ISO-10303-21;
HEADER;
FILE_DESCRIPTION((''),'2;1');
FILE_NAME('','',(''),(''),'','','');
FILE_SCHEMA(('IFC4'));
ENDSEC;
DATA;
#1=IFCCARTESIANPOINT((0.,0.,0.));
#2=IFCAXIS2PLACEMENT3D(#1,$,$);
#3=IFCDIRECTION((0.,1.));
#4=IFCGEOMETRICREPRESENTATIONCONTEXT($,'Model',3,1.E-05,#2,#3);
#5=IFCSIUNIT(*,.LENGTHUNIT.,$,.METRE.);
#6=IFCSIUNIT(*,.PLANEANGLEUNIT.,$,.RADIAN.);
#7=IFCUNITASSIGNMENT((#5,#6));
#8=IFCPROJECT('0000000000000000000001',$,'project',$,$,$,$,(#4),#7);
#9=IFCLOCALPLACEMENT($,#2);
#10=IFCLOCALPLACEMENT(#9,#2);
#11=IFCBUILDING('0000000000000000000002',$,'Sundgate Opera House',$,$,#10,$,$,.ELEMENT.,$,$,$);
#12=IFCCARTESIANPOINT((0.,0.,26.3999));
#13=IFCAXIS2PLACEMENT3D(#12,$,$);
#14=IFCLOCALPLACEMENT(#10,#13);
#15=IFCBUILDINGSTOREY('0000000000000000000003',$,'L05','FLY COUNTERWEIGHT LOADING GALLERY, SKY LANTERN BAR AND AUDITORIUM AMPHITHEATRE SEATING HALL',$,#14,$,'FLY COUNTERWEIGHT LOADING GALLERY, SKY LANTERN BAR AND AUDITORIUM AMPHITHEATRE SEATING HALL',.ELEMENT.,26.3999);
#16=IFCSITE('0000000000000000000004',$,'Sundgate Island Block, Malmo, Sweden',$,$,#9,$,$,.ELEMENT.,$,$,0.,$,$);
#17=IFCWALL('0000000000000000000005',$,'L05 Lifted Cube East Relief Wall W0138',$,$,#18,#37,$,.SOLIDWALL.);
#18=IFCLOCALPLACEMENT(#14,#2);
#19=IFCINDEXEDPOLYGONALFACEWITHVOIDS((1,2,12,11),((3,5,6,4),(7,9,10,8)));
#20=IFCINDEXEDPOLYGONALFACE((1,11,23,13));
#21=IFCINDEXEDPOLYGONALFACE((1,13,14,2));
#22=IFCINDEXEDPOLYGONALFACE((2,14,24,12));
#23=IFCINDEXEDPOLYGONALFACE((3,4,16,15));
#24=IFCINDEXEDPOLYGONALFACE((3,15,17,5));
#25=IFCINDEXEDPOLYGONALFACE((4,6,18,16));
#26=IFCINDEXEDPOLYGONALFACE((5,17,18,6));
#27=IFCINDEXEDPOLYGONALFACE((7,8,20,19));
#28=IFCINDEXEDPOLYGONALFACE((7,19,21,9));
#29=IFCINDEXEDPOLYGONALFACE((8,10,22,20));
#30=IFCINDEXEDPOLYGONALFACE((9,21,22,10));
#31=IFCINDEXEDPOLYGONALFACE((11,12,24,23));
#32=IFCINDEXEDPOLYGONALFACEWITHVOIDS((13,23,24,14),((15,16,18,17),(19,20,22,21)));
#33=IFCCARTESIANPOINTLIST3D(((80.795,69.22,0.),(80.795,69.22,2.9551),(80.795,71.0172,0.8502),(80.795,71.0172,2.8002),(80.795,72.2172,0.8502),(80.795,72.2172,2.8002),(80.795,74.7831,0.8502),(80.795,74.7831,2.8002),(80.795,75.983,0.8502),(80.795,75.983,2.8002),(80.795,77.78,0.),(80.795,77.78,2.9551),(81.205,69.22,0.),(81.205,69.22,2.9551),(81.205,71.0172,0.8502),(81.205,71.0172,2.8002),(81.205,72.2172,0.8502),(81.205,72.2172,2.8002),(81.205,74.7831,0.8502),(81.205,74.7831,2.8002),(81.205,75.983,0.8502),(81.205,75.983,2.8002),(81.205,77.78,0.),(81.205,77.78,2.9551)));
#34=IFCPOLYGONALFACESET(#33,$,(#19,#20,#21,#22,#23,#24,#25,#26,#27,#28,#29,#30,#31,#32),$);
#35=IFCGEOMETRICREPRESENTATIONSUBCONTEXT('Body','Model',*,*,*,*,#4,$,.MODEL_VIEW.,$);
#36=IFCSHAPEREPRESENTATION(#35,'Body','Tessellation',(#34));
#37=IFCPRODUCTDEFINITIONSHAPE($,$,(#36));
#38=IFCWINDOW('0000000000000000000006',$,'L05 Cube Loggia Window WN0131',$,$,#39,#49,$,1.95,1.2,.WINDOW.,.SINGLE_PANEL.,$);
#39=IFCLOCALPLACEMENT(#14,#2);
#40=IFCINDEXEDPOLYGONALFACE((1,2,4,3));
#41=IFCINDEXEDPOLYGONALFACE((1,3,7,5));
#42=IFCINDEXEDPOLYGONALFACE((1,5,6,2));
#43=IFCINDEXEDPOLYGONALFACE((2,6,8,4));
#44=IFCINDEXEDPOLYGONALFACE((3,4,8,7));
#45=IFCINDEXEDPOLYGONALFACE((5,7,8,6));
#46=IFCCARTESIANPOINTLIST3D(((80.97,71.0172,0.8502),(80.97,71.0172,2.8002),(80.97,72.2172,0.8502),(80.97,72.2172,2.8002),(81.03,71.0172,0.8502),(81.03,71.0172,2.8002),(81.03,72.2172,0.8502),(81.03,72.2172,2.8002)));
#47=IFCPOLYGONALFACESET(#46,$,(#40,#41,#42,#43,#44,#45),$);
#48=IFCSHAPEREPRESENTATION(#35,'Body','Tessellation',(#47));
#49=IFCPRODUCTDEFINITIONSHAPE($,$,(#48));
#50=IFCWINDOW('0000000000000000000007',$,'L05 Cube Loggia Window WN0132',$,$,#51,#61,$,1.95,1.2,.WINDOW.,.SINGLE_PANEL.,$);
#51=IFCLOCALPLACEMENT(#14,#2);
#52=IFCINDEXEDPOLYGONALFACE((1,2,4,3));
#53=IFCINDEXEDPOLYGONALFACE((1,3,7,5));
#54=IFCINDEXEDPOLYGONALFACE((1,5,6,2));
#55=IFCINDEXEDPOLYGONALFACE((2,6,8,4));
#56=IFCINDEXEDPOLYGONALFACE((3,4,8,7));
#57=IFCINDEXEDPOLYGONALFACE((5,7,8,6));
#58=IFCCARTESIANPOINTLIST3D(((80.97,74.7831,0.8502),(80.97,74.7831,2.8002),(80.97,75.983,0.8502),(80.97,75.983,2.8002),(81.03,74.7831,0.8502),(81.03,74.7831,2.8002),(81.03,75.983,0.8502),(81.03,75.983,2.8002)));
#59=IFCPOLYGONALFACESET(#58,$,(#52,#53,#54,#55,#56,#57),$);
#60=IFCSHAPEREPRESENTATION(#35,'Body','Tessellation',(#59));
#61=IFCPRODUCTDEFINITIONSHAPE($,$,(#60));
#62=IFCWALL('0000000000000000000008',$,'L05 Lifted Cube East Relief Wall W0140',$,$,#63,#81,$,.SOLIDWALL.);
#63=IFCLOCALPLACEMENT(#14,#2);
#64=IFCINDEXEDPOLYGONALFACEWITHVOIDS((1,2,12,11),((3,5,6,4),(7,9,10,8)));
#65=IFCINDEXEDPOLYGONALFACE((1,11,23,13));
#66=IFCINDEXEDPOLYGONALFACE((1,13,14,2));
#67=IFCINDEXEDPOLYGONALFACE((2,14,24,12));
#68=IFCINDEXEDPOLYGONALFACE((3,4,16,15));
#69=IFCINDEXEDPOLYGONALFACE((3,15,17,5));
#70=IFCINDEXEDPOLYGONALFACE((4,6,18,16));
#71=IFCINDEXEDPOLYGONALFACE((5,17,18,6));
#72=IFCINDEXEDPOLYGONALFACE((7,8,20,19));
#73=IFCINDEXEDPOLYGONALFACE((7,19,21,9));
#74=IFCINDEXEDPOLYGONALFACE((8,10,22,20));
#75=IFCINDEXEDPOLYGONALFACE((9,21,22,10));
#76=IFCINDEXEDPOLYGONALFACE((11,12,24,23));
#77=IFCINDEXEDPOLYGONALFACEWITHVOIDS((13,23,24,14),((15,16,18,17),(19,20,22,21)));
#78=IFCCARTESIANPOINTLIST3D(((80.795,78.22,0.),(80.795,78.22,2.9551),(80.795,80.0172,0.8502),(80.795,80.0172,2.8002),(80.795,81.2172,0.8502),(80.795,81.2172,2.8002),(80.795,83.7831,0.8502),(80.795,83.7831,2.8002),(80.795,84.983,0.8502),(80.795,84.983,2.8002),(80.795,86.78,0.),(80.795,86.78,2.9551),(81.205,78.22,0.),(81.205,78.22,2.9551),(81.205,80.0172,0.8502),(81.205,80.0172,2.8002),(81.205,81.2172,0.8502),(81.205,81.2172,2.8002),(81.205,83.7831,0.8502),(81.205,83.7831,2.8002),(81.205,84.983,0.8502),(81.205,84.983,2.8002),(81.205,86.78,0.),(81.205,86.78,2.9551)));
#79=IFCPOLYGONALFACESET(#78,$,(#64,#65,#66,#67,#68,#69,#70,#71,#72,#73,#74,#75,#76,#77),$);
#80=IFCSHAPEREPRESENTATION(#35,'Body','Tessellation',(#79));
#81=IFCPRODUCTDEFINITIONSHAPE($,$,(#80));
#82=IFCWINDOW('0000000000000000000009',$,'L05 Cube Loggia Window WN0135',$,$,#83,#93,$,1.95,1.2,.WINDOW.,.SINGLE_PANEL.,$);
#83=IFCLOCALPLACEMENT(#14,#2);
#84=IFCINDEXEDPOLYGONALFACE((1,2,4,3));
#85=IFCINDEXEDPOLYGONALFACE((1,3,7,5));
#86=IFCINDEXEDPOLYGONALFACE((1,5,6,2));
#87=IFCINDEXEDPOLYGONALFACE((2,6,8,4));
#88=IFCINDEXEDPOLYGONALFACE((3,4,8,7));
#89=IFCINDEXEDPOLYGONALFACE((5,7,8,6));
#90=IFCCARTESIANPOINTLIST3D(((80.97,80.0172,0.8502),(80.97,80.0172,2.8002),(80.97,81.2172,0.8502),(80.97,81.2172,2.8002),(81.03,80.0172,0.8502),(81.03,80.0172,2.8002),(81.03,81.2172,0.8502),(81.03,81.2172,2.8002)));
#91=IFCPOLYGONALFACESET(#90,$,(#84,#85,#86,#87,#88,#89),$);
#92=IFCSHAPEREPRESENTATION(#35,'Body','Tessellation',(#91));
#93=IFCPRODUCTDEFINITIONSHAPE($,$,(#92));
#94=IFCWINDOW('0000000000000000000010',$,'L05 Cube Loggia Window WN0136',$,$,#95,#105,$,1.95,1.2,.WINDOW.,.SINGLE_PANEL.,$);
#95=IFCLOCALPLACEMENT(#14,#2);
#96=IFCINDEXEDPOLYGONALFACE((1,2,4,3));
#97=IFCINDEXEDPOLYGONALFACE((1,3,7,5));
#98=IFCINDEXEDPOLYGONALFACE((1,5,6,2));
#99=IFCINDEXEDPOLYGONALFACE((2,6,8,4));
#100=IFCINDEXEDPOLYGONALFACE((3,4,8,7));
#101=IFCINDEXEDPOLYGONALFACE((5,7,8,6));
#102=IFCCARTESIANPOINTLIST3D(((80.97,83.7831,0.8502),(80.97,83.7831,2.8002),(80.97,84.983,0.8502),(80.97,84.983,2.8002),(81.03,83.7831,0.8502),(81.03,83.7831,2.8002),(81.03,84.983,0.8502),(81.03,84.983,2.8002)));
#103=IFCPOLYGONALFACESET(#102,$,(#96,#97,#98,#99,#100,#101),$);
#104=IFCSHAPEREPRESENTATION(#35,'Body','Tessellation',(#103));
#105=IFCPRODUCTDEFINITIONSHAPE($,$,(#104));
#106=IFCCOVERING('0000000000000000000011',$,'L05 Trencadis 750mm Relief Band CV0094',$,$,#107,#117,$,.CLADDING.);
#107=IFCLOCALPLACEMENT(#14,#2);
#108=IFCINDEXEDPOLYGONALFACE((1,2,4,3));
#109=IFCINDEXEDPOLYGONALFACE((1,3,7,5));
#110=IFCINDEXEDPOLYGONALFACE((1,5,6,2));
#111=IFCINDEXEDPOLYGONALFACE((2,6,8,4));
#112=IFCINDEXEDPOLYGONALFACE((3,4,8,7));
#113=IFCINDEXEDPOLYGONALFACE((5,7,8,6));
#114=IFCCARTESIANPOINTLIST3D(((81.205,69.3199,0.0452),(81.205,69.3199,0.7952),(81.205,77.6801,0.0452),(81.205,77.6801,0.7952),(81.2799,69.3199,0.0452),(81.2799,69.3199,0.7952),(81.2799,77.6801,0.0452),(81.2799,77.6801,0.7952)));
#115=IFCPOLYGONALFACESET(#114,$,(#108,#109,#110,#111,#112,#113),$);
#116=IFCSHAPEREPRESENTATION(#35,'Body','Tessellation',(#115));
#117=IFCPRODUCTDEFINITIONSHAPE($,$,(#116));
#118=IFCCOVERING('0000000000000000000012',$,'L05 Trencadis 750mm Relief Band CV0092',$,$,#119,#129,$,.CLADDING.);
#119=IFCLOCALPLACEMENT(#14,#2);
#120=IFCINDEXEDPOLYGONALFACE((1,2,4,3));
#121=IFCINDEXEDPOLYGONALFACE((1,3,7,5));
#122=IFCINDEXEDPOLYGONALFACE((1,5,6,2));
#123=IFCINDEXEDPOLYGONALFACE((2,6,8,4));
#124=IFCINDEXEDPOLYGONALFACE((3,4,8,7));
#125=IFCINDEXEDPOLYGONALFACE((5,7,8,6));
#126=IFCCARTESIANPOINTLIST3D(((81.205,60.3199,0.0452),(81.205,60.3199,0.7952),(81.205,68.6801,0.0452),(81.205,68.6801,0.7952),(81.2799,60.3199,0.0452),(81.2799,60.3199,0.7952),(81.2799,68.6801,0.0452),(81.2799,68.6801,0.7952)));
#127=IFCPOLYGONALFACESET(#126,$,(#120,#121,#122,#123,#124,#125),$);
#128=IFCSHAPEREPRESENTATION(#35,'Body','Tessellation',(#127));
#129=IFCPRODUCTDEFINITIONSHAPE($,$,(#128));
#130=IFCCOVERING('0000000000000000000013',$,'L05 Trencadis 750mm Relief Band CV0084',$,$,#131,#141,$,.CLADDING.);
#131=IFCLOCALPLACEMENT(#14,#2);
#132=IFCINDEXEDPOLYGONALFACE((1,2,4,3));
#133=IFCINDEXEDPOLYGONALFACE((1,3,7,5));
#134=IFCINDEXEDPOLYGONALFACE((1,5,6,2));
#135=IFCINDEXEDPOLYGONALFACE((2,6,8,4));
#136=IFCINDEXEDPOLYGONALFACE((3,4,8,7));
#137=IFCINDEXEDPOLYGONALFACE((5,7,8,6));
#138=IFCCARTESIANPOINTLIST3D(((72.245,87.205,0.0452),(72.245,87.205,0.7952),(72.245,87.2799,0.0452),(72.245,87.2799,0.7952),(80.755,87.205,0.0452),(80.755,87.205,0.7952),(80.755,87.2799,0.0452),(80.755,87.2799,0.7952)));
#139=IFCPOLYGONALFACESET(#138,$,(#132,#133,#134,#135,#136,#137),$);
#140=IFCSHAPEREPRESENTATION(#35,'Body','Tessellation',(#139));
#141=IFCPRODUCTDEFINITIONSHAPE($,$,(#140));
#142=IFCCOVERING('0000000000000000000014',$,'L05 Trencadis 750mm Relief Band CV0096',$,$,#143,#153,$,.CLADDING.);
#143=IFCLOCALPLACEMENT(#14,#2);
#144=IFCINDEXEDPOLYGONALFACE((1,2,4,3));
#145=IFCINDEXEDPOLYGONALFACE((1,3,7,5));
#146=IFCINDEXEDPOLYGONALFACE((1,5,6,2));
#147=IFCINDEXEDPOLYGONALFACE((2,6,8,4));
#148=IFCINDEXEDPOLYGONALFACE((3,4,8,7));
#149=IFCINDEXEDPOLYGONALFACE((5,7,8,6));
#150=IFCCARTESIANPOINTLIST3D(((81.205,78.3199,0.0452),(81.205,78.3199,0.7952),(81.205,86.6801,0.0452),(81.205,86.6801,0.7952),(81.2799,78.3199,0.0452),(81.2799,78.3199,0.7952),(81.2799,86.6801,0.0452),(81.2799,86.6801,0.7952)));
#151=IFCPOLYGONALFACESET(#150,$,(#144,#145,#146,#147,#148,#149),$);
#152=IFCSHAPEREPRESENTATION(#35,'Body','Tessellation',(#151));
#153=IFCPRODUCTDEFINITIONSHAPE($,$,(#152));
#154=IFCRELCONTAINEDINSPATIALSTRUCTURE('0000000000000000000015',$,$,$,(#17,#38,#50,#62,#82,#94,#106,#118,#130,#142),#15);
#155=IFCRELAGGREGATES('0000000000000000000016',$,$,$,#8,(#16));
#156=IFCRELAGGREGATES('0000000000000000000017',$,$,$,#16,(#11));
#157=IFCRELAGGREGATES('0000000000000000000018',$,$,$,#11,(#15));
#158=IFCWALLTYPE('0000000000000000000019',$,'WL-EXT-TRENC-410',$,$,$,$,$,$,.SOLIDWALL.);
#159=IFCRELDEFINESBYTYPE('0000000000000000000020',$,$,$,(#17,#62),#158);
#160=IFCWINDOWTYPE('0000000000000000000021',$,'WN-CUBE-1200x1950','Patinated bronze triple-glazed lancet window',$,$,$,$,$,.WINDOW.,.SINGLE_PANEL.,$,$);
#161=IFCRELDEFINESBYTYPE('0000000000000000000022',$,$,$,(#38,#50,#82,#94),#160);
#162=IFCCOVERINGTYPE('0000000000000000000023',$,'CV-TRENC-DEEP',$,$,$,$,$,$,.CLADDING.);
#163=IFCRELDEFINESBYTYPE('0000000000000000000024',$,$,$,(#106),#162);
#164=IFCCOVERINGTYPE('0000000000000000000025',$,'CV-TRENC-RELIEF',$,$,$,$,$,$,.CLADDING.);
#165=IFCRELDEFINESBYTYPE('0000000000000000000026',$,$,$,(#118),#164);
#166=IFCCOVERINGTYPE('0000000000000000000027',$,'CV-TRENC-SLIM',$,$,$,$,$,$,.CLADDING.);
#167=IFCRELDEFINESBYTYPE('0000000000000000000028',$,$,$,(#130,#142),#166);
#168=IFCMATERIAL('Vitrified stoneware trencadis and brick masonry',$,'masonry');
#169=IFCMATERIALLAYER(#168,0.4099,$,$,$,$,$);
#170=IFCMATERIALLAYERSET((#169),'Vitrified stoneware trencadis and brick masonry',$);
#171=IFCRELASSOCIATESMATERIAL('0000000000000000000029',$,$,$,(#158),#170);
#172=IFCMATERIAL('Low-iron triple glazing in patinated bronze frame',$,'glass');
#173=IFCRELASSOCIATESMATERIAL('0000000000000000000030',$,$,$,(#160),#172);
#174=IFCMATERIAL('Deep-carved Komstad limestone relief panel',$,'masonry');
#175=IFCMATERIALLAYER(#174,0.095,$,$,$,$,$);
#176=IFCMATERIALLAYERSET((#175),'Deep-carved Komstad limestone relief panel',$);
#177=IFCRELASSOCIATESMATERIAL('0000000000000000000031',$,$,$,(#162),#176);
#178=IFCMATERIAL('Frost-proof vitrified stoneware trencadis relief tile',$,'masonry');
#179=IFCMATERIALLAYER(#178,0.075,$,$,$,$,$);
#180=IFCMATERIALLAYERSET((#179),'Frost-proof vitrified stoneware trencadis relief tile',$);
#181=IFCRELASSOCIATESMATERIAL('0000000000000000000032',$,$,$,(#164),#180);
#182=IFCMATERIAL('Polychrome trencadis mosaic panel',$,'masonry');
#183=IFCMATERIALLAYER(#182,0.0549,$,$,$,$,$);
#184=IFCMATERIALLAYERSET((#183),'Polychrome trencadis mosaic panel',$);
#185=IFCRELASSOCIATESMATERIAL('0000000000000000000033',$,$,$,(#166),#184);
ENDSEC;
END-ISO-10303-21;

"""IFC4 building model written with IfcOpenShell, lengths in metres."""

from ifc_helpers import new_model, si_unit, direction, frame, frame_2d, origin, origin_2d, place, context, subcontext, project, spatial, rectangle, extrude, material, layer, layer_set, type_object, element, fill, save


model = new_model("IFC4")

# Units and contexts
model_context = context("Model", 3, precision=1e-05, world=origin(), true_north=direction((0.0, 1.0)))
body_context = subcontext(model_context, "Body", "Model", "MODEL_VIEW")
ifc_project = project(units=[si_unit("LENGTHUNIT", "METRE"), si_unit("PLANEANGLEUNIT", "RADIAN")], contexts=[model_context])

# Site, building, storey
site_placement = place(None, origin())
site = spatial("IfcSite", under=ifc_project, at=site_placement, Name="Sundgate Island Block, Malmo, Sweden", CompositionType="ELEMENT", RefElevation=0.0)
building_placement = place(site_placement, origin())
building = spatial("IfcBuilding", under=site, at=building_placement, Name="Sundgate Opera House", CompositionType="ELEMENT")
storey_placement = place(building_placement, frame((0.0, 0.0, 26.3999)))
storey = spatial("IfcBuildingStorey", under=building, at=storey_placement, Name="L05", Description="FLY COUNTERWEIGHT LOADING GALLERY, SKY LANTERN BAR AND AUDITORIUM AMPHITHEATRE SEATING HALL", LongName="FLY COUNTERWEIGHT LOADING GALLERY, SKY LANTERN BAR AND AUDITORIUM AMPHITHEATRE SEATING HALL", CompositionType="ELEMENT", Elevation=26.3999)

# Walls, openings, windows
ifc_material_1 = material(Name="Vitrified stoneware trencadis and brick masonry", Category="masonry")
ifc_layer_1 = layer(ifc_material_1, 0.4099)
ifc_layer_set_1 = layer_set([ifc_layer_1], Name="Vitrified stoneware trencadis and brick masonry")
wall_type = type_object("IfcWallType", Name="WL-EXT-TRENC-410", PredefinedType="SOLIDWALL", material=ifc_layer_set_1)
ifc_material_2 = material(Name="Low-iron triple glazing in patinated bronze frame", Category="glass")
window_type = type_object("IfcWindowType", Name="WN-CUBE-1200x1950", Description="Patinated bronze triple-glazed lancet window", PartitioningType="SINGLE_PANEL", PredefinedType="WINDOW", material=ifc_material_2)
wall_1_placement = place(storey_placement, frame((81.0, 69.22, 0.0), z_axis=(0.0, 0.0, 1.0), x_axis=(0.0, 1.0, 0.0)))
wall_1 = element("IfcWall", 1, at=wall_1_placement, inside=storey, type_object=wall_type, Name="L05 Lifted Cube East Relief Wall W0138", PredefinedType="SOLIDWALL", context=body_context, shape_type="SweptSolid", body=[
    extrude(rectangle(XDim=8.5601, YDim=0.4099, at=frame_2d((4.28, 0.0))), origin(), (0.0, 0.0, 1.0), 2.9551),
])
opening_1_placement = place(wall_1_placement, frame((1.7971, 0.0, 0.8501)))
opening_1 = element("IfcOpeningElement", 2, at=opening_1_placement, cuts=wall_1, PredefinedType="OPENING", context=body_context, shape_type="SweptSolid", body=[
    extrude(rectangle(XDim=1.2, YDim=1.95, at=frame_2d((0.6001, 0.9751))), frame((0.0, 0.2148, 0.0), z_axis=(0.0, -1.0, 0.0), x_axis=(1.0, 0.0, 0.0)), (0.0, 0.0, 1.0), 0.4299),
])
opening_2_placement = place(wall_1_placement, frame((5.563, 0.0, 0.8501)))
opening_2 = element("IfcOpeningElement", 3, at=opening_2_placement, cuts=wall_1, PredefinedType="OPENING", context=body_context, shape_type="SweptSolid", body=[
    extrude(rectangle(XDim=1.2, YDim=1.95, at=frame_2d((0.6001, 0.9751))), frame((0.0, 0.2148, 0.0), z_axis=(0.0, -1.0, 0.0), x_axis=(1.0, 0.0, 0.0)), (0.0, 0.0, 1.0), 0.4299),
])
window_1_placement = place(opening_1_placement, origin())
window_1 = element("IfcWindow", 4, at=window_1_placement, inside=storey, type_object=window_type, Name="L05 Cube Loggia Window WN0131", OverallHeight=1.95, OverallWidth=1.2, PartitioningType="SINGLE_PANEL", PredefinedType="WINDOW", context=body_context, shape_type="SweptSolid", body=[
    extrude(rectangle(XDim=1.2, YDim=1.95, at=frame_2d((0.6001, 0.9751))), frame((0.0, 0.03, 0.0), z_axis=(0.0, -1.0, 0.0), x_axis=(1.0, 0.0, 0.0)), (0.0, 0.0, 1.0), 0.0601),
])
fill(opening_1, window_1)
window_2_placement = place(opening_2_placement, origin())
window_2 = element("IfcWindow", 5, at=window_2_placement, inside=storey, type_object=window_type, Name="L05 Cube Loggia Window WN0132", OverallHeight=1.95, OverallWidth=1.2, PartitioningType="SINGLE_PANEL", PredefinedType="WINDOW", context=body_context, shape_type="SweptSolid", body=[
    extrude(rectangle(XDim=1.2, YDim=1.95, at=frame_2d((0.6001, 0.9751))), frame((0.0, 0.03, 0.0), z_axis=(0.0, -1.0, 0.0), x_axis=(1.0, 0.0, 0.0)), (0.0, 0.0, 1.0), 0.0601),
])
fill(opening_2, window_2)
wall_2_placement = place(storey_placement, frame((81.0, 78.22, 0.0), z_axis=(0.0, 0.0, 1.0), x_axis=(0.0, 1.0, 0.0)))
wall_2 = element("IfcWall", 6, at=wall_2_placement, inside=storey, type_object=wall_type, Name="L05 Lifted Cube East Relief Wall W0140", PredefinedType="SOLIDWALL", context=body_context, shape_type="SweptSolid", body=[
    extrude(rectangle(XDim=8.5601, YDim=0.4099, at=frame_2d((4.28, 0.0))), origin(), (0.0, 0.0, 1.0), 2.9551),
])
opening_3_placement = place(wall_2_placement, frame((1.7971, 0.0, 0.8501)))
opening_3 = element("IfcOpeningElement", 7, at=opening_3_placement, cuts=wall_2, PredefinedType="OPENING", context=body_context, shape_type="SweptSolid", body=[
    extrude(rectangle(XDim=1.2, YDim=1.95, at=frame_2d((0.6001, 0.9751))), frame((0.0, 0.2148, 0.0), z_axis=(0.0, -1.0, 0.0), x_axis=(1.0, 0.0, 0.0)), (0.0, 0.0, 1.0), 0.4299),
])
opening_4_placement = place(wall_2_placement, frame((5.563, 0.0, 0.8501)))
opening_4 = element("IfcOpeningElement", 8, at=opening_4_placement, cuts=wall_2, PredefinedType="OPENING", context=body_context, shape_type="SweptSolid", body=[
    extrude(rectangle(XDim=1.2, YDim=1.95, at=frame_2d((0.6001, 0.9751))), frame((0.0, 0.2148, 0.0), z_axis=(0.0, -1.0, 0.0), x_axis=(1.0, 0.0, 0.0)), (0.0, 0.0, 1.0), 0.4299),
])
window_3_placement = place(opening_3_placement, origin())
window_3 = element("IfcWindow", 9, at=window_3_placement, inside=storey, type_object=window_type, Name="L05 Cube Loggia Window WN0135", OverallHeight=1.95, OverallWidth=1.2, PartitioningType="SINGLE_PANEL", PredefinedType="WINDOW", context=body_context, shape_type="SweptSolid", body=[
    extrude(rectangle(XDim=1.2, YDim=1.95, at=frame_2d((0.6001, 0.9751))), frame((0.0, 0.03, 0.0), z_axis=(0.0, -1.0, 0.0), x_axis=(1.0, 0.0, 0.0)), (0.0, 0.0, 1.0), 0.0601),
])
fill(opening_3, window_3)
window_4_placement = place(opening_4_placement, origin())
window_4 = element("IfcWindow", 10, at=window_4_placement, inside=storey, type_object=window_type, Name="L05 Cube Loggia Window WN0136", OverallHeight=1.95, OverallWidth=1.2, PartitioningType="SINGLE_PANEL", PredefinedType="WINDOW", context=body_context, shape_type="SweptSolid", body=[
    extrude(rectangle(XDim=1.2, YDim=1.95, at=frame_2d((0.6001, 0.9751))), frame((0.0, 0.03, 0.0), z_axis=(0.0, -1.0, 0.0), x_axis=(1.0, 0.0, 0.0)), (0.0, 0.0, 1.0), 0.0601),
])
fill(opening_4, window_4)

# Coverings
ifc_material_3 = material(Name="Deep-carved Komstad limestone relief panel", Category="masonry")
ifc_layer_2 = layer(ifc_material_3, 0.095)
ifc_layer_set_2 = layer_set([ifc_layer_2], Name="Deep-carved Komstad limestone relief panel")
covering_type_1 = type_object("IfcCoveringType", Name="CV-TRENC-DEEP", PredefinedType="CLADDING", material=ifc_layer_set_2)
covering_1_placement = place(storey_placement, frame((81.2424, 73.5, 0.0452), z_axis=(0.0, 0.0, 1.0), x_axis=(0.0, 1.0, 0.0)))
element("IfcCovering", 11, at=covering_1_placement, inside=storey, type_object=covering_type_1, Name="L05 Trencadis 750mm Relief Band CV0094", PredefinedType="CLADDING", context=body_context, shape_type="SweptSolid", body=[
    extrude(rectangle(XDim=8.3601, YDim=0.075, at=origin_2d()), origin(), (0.0, 0.0, 1.0), 0.75),
])
ifc_material_4 = material(Name="Frost-proof vitrified stoneware trencadis relief tile", Category="masonry")
ifc_layer_3 = layer(ifc_material_4, 0.075)
ifc_layer_set_3 = layer_set([ifc_layer_3], Name="Frost-proof vitrified stoneware trencadis relief tile")
covering_type_2 = type_object("IfcCoveringType", Name="CV-TRENC-RELIEF", PredefinedType="CLADDING", material=ifc_layer_set_3)
covering_2_placement = place(storey_placement, frame((81.2424, 64.5, 0.0452), z_axis=(0.0, 0.0, 1.0), x_axis=(0.0, 1.0, 0.0)))
element("IfcCovering", 12, at=covering_2_placement, inside=storey, type_object=covering_type_2, Name="L05 Trencadis 750mm Relief Band CV0092", PredefinedType="CLADDING", context=body_context, shape_type="SweptSolid", body=[
    extrude(rectangle(XDim=8.3601, YDim=0.075, at=origin_2d()), origin(), (0.0, 0.0, 1.0), 0.75),
])
ifc_material_5 = material(Name="Polychrome trencadis mosaic panel", Category="masonry")
ifc_layer_4 = layer(ifc_material_5, 0.0549)
ifc_layer_set_4 = layer_set([ifc_layer_4], Name="Polychrome trencadis mosaic panel")
covering_type_3 = type_object("IfcCoveringType", Name="CV-TRENC-SLIM", PredefinedType="CLADDING", material=ifc_layer_set_4)
covering_3_placement = place(storey_placement, frame((76.5, 87.2424, 0.0452), z_axis=(0.0, 0.0, 1.0), x_axis=(1.0, 0.0, 0.0)))
element("IfcCovering", 13, at=covering_3_placement, inside=storey, type_object=covering_type_3, Name="L05 Trencadis 750mm Relief Band CV0084", PredefinedType="CLADDING", context=body_context, shape_type="SweptSolid", body=[
    extrude(rectangle(XDim=8.51, YDim=0.075, at=origin_2d()), origin(), (0.0, 0.0, 1.0), 0.75),
])
covering_4_placement = place(storey_placement, frame((81.2424, 82.5, 0.0452), z_axis=(0.0, 0.0, 1.0), x_axis=(0.0, 1.0, 0.0)))
element("IfcCovering", 14, at=covering_4_placement, inside=storey, type_object=covering_type_3, Name="L05 Trencadis 750mm Relief Band CV0096", PredefinedType="CLADDING", context=body_context, shape_type="SweptSolid", body=[
    extrude(rectangle(XDim=8.3601, YDim=0.075, at=origin_2d()), origin(), (0.0, 0.0, 1.0), 0.75),
])

save(model, "model.ifc")
